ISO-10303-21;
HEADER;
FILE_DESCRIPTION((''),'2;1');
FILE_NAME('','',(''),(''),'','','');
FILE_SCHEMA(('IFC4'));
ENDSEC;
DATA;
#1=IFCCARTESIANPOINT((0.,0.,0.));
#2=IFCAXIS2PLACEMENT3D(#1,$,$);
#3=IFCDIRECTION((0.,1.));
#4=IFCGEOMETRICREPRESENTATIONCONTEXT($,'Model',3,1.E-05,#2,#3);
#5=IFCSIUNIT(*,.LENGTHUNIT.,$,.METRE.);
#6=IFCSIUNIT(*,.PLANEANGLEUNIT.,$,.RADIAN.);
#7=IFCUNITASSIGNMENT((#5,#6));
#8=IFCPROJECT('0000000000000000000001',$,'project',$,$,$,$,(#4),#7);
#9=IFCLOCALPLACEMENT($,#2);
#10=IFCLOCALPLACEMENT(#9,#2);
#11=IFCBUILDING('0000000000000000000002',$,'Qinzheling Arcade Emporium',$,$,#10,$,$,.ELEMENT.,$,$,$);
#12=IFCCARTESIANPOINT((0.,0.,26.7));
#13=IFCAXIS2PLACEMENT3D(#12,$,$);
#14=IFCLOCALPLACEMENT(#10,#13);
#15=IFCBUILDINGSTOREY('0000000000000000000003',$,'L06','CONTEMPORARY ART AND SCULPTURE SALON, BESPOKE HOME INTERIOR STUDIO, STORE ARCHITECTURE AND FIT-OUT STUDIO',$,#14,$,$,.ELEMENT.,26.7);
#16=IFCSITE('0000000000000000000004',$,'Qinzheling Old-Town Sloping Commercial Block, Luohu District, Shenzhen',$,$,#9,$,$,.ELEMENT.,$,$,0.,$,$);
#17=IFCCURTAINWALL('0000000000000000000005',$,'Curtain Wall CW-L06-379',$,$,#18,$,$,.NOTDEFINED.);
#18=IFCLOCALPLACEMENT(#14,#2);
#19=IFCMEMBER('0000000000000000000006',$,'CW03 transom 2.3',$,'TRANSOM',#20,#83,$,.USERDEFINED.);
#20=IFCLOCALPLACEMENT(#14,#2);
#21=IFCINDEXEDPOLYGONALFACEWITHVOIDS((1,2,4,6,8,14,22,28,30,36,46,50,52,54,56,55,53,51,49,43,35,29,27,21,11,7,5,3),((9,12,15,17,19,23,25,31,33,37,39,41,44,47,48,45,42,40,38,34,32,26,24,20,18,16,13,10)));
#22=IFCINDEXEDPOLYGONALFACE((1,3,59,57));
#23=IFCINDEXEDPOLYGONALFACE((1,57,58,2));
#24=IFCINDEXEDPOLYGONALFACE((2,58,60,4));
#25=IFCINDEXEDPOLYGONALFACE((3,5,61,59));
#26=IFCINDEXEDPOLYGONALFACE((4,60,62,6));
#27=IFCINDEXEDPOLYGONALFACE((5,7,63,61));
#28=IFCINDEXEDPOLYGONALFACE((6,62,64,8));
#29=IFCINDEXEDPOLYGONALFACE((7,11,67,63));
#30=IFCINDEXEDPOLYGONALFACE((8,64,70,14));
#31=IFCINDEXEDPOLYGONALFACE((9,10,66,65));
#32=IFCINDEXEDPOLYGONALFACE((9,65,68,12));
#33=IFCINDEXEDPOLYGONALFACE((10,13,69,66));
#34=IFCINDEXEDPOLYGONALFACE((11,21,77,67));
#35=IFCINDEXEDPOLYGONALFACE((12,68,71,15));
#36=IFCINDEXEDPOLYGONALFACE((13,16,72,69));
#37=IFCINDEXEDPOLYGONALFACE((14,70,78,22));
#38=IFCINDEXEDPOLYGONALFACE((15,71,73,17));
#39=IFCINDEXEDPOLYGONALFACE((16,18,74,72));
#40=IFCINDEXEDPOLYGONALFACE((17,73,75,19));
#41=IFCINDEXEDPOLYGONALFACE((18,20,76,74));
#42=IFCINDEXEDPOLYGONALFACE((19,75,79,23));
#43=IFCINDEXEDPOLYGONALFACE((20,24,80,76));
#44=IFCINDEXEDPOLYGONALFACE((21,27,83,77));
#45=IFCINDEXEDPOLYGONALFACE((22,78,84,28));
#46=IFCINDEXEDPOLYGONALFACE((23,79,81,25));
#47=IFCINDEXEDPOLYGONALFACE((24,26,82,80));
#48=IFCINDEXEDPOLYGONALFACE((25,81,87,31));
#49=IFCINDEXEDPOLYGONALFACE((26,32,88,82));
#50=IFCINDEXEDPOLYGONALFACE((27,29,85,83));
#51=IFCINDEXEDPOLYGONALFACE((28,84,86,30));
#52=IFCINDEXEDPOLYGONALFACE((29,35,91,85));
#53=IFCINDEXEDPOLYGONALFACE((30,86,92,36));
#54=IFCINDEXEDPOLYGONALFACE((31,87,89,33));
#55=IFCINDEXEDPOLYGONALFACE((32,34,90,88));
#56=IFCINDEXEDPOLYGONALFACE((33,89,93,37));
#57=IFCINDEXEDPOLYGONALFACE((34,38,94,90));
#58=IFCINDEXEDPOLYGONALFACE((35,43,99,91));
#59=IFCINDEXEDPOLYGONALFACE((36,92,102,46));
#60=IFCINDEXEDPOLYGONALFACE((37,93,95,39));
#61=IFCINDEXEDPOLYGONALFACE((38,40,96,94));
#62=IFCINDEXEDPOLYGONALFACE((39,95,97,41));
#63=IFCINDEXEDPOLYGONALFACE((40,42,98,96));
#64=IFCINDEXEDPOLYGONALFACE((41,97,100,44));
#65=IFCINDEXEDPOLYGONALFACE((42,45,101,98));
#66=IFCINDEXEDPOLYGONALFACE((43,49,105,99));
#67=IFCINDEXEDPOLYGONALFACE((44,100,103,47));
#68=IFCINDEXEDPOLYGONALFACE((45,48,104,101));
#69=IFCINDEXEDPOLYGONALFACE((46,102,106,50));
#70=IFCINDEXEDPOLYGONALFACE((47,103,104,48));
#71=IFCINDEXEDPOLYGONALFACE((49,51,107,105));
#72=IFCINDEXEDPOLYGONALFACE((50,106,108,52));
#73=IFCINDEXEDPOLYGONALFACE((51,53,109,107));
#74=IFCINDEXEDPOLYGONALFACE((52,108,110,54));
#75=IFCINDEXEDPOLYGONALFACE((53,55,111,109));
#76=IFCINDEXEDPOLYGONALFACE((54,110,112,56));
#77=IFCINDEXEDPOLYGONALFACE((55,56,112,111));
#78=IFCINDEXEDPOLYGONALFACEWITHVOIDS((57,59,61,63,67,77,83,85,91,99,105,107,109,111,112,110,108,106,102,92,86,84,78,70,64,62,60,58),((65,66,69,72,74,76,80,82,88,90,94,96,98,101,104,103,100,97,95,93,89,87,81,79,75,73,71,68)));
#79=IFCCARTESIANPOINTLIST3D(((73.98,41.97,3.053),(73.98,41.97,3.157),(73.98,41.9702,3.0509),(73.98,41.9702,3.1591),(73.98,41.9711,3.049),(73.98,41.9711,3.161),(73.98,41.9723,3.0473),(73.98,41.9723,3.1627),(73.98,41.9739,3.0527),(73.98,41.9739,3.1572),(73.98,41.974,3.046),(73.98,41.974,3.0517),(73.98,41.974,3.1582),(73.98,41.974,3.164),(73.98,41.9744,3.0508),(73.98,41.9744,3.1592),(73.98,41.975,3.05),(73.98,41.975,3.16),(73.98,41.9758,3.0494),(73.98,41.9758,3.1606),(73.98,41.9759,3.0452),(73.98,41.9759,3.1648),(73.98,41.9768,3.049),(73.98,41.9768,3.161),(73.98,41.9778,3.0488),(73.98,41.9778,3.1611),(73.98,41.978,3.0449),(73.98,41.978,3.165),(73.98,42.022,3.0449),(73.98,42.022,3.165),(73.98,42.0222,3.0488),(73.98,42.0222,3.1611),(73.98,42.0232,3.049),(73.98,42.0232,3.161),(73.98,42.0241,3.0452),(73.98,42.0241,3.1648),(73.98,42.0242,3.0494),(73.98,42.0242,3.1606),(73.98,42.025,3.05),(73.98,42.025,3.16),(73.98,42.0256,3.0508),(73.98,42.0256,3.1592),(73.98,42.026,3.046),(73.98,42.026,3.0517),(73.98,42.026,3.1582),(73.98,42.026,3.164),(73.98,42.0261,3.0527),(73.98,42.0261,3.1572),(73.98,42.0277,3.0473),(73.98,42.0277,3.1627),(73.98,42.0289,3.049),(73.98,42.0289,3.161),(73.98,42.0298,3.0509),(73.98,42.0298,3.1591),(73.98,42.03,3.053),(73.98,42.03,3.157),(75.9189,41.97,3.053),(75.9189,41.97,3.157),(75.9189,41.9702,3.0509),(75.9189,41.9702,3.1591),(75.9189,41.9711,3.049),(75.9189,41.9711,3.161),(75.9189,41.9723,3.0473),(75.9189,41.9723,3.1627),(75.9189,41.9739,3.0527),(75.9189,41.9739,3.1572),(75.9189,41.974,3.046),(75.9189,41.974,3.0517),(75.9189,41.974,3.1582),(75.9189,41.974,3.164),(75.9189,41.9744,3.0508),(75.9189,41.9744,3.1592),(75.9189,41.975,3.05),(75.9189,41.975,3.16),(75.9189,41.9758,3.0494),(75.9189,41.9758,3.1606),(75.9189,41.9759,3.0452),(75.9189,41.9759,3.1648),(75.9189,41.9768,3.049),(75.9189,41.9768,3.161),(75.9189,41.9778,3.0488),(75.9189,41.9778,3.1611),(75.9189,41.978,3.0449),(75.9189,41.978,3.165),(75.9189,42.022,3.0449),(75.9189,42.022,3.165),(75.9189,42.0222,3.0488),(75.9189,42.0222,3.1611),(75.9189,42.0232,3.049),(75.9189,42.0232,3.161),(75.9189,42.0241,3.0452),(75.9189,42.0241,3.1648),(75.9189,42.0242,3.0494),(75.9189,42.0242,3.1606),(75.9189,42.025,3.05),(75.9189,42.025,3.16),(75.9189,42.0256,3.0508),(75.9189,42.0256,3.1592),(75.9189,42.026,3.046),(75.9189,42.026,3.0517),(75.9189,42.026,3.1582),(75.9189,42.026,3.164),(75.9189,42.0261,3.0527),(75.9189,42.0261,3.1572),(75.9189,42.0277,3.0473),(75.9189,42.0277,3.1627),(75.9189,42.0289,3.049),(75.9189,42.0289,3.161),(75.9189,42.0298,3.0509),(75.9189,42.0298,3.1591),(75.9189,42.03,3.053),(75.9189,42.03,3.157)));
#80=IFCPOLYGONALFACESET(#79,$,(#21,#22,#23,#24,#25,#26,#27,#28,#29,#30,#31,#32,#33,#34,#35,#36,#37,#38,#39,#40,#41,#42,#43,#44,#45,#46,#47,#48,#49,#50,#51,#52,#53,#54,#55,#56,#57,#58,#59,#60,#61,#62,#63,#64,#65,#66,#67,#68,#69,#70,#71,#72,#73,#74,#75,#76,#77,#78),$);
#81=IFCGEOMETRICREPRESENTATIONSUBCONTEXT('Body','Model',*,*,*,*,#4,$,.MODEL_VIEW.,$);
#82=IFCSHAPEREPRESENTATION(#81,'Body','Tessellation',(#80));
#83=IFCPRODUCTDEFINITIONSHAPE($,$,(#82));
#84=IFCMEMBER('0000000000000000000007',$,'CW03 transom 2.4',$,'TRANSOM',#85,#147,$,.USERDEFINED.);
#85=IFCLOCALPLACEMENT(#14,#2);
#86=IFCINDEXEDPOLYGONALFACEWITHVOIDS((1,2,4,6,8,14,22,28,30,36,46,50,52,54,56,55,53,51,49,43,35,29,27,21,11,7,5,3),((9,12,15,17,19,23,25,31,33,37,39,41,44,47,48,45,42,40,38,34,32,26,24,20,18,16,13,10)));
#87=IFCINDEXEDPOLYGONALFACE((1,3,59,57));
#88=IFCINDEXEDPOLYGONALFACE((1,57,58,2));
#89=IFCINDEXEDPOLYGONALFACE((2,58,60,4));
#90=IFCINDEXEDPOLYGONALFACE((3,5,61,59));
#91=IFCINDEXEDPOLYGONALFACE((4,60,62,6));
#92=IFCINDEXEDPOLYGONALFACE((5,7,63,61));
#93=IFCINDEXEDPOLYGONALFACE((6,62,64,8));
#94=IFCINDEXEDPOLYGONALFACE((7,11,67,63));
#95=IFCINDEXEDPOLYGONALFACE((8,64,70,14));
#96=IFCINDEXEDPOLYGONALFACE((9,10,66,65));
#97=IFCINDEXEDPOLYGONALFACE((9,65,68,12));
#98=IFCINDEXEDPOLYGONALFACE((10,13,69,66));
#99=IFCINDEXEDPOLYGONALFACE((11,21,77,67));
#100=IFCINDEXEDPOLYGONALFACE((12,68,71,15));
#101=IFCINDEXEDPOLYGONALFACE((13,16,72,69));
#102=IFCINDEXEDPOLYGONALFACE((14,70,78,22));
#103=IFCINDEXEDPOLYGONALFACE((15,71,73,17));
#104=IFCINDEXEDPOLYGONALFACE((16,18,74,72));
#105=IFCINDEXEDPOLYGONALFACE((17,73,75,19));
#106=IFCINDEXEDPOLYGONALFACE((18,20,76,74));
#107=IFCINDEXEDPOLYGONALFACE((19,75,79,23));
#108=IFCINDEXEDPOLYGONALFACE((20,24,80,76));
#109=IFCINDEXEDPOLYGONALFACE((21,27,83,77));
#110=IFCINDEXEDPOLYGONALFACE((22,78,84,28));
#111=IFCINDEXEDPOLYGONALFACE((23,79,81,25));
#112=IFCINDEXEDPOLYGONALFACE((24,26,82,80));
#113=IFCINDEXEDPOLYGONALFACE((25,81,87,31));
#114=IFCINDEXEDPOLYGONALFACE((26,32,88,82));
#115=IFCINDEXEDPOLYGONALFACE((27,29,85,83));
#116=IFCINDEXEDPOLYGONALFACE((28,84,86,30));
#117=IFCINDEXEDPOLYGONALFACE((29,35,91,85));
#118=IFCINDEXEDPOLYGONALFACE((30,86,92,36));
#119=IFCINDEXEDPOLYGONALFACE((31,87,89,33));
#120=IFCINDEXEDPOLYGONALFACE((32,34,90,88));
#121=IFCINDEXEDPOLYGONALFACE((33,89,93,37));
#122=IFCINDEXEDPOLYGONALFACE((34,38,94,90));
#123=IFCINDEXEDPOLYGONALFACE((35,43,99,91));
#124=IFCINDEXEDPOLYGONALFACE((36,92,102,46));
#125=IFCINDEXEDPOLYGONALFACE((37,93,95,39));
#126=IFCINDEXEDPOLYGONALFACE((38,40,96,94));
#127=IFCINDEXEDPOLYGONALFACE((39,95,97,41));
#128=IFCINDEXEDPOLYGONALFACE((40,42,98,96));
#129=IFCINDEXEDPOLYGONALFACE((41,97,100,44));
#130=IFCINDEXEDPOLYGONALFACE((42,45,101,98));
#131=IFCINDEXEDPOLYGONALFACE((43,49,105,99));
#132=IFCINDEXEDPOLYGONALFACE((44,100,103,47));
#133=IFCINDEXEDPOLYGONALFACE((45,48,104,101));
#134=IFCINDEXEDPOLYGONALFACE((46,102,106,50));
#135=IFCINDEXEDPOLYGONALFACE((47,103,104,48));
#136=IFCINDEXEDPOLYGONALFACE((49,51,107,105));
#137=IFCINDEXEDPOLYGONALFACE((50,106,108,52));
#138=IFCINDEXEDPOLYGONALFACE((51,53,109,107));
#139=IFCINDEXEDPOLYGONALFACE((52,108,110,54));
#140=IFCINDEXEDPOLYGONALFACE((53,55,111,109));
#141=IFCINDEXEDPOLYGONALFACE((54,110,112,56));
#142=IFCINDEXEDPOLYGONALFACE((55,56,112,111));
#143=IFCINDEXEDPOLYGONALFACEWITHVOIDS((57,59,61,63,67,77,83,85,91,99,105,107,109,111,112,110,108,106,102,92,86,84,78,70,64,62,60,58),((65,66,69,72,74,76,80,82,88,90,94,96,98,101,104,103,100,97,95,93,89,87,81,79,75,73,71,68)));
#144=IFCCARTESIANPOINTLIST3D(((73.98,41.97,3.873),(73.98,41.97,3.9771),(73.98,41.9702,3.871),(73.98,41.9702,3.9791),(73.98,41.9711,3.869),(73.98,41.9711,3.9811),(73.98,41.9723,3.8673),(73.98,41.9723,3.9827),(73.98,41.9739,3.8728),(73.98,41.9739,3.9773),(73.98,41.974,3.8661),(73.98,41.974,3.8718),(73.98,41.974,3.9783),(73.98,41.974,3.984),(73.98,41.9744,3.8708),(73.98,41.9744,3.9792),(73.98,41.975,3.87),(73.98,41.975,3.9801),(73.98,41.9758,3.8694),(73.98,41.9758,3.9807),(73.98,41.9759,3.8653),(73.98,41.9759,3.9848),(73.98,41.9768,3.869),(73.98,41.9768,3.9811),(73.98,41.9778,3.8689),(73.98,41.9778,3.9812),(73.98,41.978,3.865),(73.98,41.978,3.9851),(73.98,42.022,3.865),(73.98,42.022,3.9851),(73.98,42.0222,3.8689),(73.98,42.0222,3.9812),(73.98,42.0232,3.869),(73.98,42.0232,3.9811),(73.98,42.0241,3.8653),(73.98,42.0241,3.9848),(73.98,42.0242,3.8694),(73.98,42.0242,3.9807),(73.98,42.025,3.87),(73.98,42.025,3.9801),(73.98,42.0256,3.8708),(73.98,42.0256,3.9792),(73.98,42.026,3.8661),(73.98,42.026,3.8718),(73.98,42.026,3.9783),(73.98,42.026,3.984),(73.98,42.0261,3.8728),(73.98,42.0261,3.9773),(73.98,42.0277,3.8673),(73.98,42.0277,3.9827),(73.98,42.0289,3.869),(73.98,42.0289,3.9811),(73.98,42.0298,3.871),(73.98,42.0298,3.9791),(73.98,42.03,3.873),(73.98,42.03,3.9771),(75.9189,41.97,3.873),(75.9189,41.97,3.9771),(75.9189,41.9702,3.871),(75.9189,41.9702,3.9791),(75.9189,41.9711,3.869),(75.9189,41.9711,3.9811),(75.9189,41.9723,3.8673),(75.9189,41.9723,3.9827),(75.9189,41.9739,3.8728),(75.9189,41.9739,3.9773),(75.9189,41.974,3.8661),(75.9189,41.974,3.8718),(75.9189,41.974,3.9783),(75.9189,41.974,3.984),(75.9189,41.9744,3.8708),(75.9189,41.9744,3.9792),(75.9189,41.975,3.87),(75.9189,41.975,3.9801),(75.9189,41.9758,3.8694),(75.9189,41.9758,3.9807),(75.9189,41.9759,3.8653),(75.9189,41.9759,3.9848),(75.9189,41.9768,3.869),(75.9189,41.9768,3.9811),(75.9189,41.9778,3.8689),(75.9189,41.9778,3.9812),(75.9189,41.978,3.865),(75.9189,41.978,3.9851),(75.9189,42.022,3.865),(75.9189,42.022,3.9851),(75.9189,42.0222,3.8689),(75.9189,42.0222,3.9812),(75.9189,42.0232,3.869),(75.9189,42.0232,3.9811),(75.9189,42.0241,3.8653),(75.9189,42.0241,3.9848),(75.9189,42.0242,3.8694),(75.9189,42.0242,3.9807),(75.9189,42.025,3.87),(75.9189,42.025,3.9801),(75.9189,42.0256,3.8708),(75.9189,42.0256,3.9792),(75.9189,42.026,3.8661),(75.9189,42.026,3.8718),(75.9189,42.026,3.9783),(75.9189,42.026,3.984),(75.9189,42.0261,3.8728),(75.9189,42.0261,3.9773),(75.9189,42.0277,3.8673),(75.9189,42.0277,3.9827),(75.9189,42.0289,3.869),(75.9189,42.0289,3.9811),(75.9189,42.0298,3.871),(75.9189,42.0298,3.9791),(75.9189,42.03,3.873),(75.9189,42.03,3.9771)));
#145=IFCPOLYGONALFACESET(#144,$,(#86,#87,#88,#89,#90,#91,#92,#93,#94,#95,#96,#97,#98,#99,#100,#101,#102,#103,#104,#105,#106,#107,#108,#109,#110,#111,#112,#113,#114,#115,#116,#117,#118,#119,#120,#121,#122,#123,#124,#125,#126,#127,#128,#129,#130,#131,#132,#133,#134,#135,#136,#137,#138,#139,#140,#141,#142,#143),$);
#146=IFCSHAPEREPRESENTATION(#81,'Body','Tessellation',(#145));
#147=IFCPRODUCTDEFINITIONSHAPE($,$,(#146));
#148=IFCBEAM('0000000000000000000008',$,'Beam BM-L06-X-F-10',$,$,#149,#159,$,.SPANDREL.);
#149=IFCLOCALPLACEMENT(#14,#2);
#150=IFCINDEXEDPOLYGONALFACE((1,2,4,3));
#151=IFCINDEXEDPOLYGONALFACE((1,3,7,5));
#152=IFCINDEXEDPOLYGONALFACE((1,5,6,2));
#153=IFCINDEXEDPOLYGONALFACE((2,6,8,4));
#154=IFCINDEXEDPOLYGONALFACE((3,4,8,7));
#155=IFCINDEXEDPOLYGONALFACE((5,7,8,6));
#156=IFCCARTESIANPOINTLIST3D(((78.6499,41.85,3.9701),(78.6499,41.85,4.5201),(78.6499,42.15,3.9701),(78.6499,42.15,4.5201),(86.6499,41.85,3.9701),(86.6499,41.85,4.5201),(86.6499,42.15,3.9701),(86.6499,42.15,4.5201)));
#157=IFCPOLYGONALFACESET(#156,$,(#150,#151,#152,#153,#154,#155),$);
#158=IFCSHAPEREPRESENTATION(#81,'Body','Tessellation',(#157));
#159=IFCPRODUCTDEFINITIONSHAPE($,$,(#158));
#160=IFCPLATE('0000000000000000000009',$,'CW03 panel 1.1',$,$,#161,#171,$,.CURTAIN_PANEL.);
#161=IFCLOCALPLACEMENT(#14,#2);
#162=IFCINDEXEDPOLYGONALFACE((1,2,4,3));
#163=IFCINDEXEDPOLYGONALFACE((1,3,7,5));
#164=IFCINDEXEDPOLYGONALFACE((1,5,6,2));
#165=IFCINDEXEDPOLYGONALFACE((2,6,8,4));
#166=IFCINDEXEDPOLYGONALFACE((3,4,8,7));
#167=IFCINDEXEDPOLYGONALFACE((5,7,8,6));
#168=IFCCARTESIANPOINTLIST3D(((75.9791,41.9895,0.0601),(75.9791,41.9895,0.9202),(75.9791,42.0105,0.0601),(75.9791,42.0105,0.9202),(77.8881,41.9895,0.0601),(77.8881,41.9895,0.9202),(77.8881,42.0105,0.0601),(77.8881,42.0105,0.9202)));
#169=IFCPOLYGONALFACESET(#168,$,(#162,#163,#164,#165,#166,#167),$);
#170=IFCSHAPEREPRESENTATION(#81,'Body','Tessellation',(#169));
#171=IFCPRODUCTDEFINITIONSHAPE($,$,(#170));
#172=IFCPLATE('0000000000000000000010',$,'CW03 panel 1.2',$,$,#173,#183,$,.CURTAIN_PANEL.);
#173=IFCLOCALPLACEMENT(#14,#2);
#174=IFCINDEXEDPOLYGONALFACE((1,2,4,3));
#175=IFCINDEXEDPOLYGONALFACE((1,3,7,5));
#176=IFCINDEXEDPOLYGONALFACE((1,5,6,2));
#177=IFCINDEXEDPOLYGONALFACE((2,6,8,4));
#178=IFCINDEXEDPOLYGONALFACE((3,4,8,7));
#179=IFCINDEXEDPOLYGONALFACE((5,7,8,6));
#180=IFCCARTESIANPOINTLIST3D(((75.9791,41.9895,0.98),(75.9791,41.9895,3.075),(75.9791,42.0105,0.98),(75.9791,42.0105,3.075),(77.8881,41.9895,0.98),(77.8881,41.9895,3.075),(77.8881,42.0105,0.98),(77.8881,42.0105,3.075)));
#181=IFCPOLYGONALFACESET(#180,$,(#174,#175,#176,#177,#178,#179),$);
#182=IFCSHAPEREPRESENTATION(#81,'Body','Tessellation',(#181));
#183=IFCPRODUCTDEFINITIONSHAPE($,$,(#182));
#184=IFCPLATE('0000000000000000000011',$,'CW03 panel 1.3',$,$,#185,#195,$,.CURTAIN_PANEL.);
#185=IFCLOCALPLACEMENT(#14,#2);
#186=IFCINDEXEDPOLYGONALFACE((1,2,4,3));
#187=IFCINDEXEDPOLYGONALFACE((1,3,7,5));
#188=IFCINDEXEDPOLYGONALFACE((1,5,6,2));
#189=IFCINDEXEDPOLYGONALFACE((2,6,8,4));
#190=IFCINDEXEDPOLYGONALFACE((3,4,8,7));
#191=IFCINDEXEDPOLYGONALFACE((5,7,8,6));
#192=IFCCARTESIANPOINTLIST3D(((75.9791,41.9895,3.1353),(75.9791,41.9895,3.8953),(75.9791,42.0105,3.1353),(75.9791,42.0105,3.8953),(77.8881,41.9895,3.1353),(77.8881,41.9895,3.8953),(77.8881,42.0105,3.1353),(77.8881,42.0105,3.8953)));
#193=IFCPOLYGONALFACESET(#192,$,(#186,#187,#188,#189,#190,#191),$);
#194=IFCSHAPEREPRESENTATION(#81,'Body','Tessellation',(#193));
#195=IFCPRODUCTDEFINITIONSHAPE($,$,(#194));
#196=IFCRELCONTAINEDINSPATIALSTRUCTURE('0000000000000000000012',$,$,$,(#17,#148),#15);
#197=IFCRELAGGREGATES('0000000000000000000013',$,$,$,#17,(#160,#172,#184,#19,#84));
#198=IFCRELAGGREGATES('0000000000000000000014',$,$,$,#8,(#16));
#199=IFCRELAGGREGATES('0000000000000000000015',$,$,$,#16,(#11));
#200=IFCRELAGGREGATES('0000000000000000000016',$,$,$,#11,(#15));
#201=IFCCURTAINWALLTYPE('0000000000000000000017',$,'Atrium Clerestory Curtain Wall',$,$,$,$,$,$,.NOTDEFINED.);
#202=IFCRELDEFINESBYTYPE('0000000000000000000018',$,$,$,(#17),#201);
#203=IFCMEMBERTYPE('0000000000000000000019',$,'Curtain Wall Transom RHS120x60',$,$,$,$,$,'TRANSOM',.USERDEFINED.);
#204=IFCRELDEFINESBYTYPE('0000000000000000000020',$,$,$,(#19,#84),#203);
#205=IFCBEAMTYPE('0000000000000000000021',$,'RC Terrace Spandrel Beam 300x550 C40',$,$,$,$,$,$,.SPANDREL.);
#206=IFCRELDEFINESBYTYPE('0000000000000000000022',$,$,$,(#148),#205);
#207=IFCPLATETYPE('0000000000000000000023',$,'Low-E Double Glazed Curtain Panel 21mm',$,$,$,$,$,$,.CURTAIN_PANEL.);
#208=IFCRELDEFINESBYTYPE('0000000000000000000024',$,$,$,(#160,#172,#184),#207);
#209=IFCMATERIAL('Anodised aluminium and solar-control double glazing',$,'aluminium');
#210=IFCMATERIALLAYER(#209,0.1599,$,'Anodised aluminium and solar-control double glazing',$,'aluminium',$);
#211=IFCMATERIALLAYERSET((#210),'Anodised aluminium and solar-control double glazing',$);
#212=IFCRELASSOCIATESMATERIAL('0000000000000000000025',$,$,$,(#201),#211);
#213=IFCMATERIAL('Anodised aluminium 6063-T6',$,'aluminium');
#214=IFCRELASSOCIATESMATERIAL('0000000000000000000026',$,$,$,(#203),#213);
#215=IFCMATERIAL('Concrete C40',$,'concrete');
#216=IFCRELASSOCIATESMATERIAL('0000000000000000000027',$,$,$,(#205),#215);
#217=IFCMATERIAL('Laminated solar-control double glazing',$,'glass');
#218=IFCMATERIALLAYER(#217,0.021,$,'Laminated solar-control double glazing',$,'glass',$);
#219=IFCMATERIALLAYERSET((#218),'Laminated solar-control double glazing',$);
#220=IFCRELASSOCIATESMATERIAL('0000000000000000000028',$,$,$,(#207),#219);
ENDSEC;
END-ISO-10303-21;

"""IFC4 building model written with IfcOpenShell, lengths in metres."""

from ifc_helpers import new_model, si_unit, direction, frame, origin, origin_2d, place, context, subcontext, project, spatial, rectangle, hollow_rectangle, extrude, material, layer, layer_set, material_profile, profile_set, type_object, element, aggregate, save


model = new_model("IFC4")

# Units and contexts
model_context = context("Model", 3, precision=1e-05, world=origin(), true_north=direction((0.0, 1.0)))
body_context = subcontext(model_context, "Body", "Model", "MODEL_VIEW")
ifc_project = project(units=[si_unit("LENGTHUNIT", "METRE"), si_unit("PLANEANGLEUNIT", "RADIAN")], contexts=[model_context])

# Site, building, storey
site_placement = place(None, origin())
site = spatial("IfcSite", under=ifc_project, at=site_placement, Name="Qinzheling Old-Town Sloping Commercial Block, Luohu District, Shenzhen", CompositionType="ELEMENT", RefElevation=0.0)
building_placement = place(site_placement, origin())
building = spatial("IfcBuilding", under=site, at=building_placement, Name="Qinzheling Arcade Emporium", CompositionType="ELEMENT")
storey_placement = place(building_placement, frame((0.0, 0.0, 26.7)))
storey = spatial("IfcBuildingStorey", under=building, at=storey_placement, Name="L06", Description="CONTEMPORARY ART AND SCULPTURE SALON, BESPOKE HOME INTERIOR STUDIO, STORE ARCHITECTURE AND FIT-OUT STUDIO", CompositionType="ELEMENT", Elevation=26.7)

# Shared definitions
ifc_material_1 = material(Name="Concrete C40", Category="concrete")

# Curtain wall
ifc_material_2 = material(Name="Anodised aluminium and solar-control double glazing", Category="aluminium")
ifc_layer_1 = layer(ifc_material_2, 0.1599, Name="Anodised aluminium and solar-control double glazing", Category="aluminium")
ifc_layer_set_1 = layer_set([ifc_layer_1], Name="Anodised aluminium and solar-control double glazing")
curtain_wall_type = type_object("IfcCurtainWallType", Name="Atrium Clerestory Curtain Wall", PredefinedType="NOTDEFINED", material=ifc_layer_set_1)
ifc_material_3 = material(Name="Anodised aluminium 6063-T6", Category="aluminium")
curtain_wall_1_placement = place(storey_placement, origin())
curtain_wall_1 = element("IfcCurtainWall", 1, at=curtain_wall_1_placement, inside=storey, type_object=curtain_wall_type, Name="Curtain Wall CW-L06-379", PredefinedType="NOTDEFINED")

# Members
ifc_material_profile_1 = material_profile(ifc_material_3, hollow_rectangle(XDim=0.0601, YDim=0.1201, WallThickness=0.0039, InnerFilletRadius=0.0039, OuterFilletRadius=0.0081, at=origin_2d()), Name="RHS 120x60x4", Category="aluminium")
ifc_profile_set_1 = profile_set([ifc_material_profile_1], Name="Anodised aluminium 6063-T6")
member_type_1 = type_object("IfcMemberType", Name="Curtain Wall Transom RHS120x60", ElementType="TRANSOM", PredefinedType="USERDEFINED", material=ifc_profile_set_1)
member_1_placement = place(storey_placement, frame((75.9189, 42.0, 3.105), z_axis=(-1.0, 0.0, 0.0), x_axis=(0.0, -1.0, 0.0)))
member_1 = element("IfcMember", 2, at=member_1_placement, type_object=member_type_1, Name="CW03 transom 2.3", ObjectType="TRANSOM", PredefinedType="USERDEFINED", context=body_context, shape_type="SweptSolid", body=[
    extrude(hollow_rectangle(XDim=0.0601, YDim=0.1201, WallThickness=0.0039, InnerFilletRadius=0.0039, OuterFilletRadius=0.0081, at=origin_2d()), origin(), (0.0, 0.0, 1.0), 1.939),
])
member_2_placement = place(storey_placement, frame((75.9189, 42.0, 3.925), z_axis=(-1.0, 0.0, 0.0), x_axis=(0.0, -1.0, 0.0)))
member_2 = element("IfcMember", 3, at=member_2_placement, type_object=member_type_1, Name="CW03 transom 2.4", ObjectType="TRANSOM", PredefinedType="USERDEFINED", context=body_context, shape_type="SweptSolid", body=[
    extrude(hollow_rectangle(XDim=0.0601, YDim=0.1201, WallThickness=0.0039, InnerFilletRadius=0.0039, OuterFilletRadius=0.0081, at=origin_2d()), origin(), (0.0, 0.0, 1.0), 1.939),
])

# Beam
ifc_material_profile_2 = material_profile(ifc_material_1, rectangle(XDim=0.3, YDim=0.55, at=origin_2d()), Name="RC 300x550", Category="concrete")
ifc_profile_set_2 = profile_set([ifc_material_profile_2], Name="Concrete C40")
beam_type = type_object("IfcBeamType", Name="RC Terrace Spandrel Beam 300x550 C40", PredefinedType="SPANDREL", material=ifc_profile_set_2)
beam_placement = place(storey_placement, frame((78.6499, 42.0, 4.2451), z_axis=(1.0, 0.0, 0.0), x_axis=(0.0, 1.0, 0.0)))
element("IfcBeam", 4, at=beam_placement, inside=storey, type_object=beam_type, Name="Beam BM-L06-X-F-10", PredefinedType="SPANDREL", context=body_context, shape_type="SweptSolid", body=[
    extrude(rectangle(XDim=0.3, YDim=0.55, at=origin_2d()), origin(), (0.0, 0.0, 1.0), 8.0),
])

# Plates
ifc_material_4 = material(Name="Laminated solar-control double glazing", Category="glass")
ifc_layer_2 = layer(ifc_material_4, 0.021, Name="Laminated solar-control double glazing", Category="glass")
ifc_layer_set_2 = layer_set([ifc_layer_2], Name="Laminated solar-control double glazing")
plate_type_1 = type_object("IfcPlateType", Name="Low-E Double Glazed Curtain Panel 21mm", PredefinedType="CURTAIN_PANEL", material=ifc_layer_set_2)
plate_1_placement = place(storey_placement, frame((76.9336, 42.0, 0.0601), z_axis=(0.0, 0.0, 1.0), x_axis=(-1.0, 0.0, 0.0)))
plate_1 = element("IfcPlate", 5, at=plate_1_placement, type_object=plate_type_1, Name="CW03 panel 1.1", PredefinedType="CURTAIN_PANEL", context=body_context, shape_type="SweptSolid", body=[
    extrude(rectangle(XDim=1.9089, YDim=0.021, at=origin_2d()), origin(), (0.0, 0.0, 1.0), 0.8601),
])
plate_2_placement = place(storey_placement, frame((76.9336, 42.0, 0.98), z_axis=(0.0, 0.0, 1.0), x_axis=(-1.0, 0.0, 0.0)))
plate_2 = element("IfcPlate", 6, at=plate_2_placement, type_object=plate_type_1, Name="CW03 panel 1.2", PredefinedType="CURTAIN_PANEL", context=body_context, shape_type="SweptSolid", body=[
    extrude(rectangle(XDim=1.9089, YDim=0.021, at=origin_2d()), origin(), (0.0, 0.0, 1.0), 2.095),
])
plate_3_placement = place(storey_placement, frame((76.9336, 42.0, 3.1353), z_axis=(0.0, 0.0, 1.0), x_axis=(-1.0, 0.0, 0.0)))
plate_3 = element("IfcPlate", 7, at=plate_3_placement, type_object=plate_type_1, Name="CW03 panel 1.3", PredefinedType="CURTAIN_PANEL", context=body_context, shape_type="SweptSolid", body=[
    extrude(rectangle(XDim=1.9089, YDim=0.021, at=origin_2d()), origin(), (0.0, 0.0, 1.0), 0.76),
])
aggregate(curtain_wall_1, [plate_1, plate_2, plate_3, member_1, member_2])

save(model, "model.ifc")
